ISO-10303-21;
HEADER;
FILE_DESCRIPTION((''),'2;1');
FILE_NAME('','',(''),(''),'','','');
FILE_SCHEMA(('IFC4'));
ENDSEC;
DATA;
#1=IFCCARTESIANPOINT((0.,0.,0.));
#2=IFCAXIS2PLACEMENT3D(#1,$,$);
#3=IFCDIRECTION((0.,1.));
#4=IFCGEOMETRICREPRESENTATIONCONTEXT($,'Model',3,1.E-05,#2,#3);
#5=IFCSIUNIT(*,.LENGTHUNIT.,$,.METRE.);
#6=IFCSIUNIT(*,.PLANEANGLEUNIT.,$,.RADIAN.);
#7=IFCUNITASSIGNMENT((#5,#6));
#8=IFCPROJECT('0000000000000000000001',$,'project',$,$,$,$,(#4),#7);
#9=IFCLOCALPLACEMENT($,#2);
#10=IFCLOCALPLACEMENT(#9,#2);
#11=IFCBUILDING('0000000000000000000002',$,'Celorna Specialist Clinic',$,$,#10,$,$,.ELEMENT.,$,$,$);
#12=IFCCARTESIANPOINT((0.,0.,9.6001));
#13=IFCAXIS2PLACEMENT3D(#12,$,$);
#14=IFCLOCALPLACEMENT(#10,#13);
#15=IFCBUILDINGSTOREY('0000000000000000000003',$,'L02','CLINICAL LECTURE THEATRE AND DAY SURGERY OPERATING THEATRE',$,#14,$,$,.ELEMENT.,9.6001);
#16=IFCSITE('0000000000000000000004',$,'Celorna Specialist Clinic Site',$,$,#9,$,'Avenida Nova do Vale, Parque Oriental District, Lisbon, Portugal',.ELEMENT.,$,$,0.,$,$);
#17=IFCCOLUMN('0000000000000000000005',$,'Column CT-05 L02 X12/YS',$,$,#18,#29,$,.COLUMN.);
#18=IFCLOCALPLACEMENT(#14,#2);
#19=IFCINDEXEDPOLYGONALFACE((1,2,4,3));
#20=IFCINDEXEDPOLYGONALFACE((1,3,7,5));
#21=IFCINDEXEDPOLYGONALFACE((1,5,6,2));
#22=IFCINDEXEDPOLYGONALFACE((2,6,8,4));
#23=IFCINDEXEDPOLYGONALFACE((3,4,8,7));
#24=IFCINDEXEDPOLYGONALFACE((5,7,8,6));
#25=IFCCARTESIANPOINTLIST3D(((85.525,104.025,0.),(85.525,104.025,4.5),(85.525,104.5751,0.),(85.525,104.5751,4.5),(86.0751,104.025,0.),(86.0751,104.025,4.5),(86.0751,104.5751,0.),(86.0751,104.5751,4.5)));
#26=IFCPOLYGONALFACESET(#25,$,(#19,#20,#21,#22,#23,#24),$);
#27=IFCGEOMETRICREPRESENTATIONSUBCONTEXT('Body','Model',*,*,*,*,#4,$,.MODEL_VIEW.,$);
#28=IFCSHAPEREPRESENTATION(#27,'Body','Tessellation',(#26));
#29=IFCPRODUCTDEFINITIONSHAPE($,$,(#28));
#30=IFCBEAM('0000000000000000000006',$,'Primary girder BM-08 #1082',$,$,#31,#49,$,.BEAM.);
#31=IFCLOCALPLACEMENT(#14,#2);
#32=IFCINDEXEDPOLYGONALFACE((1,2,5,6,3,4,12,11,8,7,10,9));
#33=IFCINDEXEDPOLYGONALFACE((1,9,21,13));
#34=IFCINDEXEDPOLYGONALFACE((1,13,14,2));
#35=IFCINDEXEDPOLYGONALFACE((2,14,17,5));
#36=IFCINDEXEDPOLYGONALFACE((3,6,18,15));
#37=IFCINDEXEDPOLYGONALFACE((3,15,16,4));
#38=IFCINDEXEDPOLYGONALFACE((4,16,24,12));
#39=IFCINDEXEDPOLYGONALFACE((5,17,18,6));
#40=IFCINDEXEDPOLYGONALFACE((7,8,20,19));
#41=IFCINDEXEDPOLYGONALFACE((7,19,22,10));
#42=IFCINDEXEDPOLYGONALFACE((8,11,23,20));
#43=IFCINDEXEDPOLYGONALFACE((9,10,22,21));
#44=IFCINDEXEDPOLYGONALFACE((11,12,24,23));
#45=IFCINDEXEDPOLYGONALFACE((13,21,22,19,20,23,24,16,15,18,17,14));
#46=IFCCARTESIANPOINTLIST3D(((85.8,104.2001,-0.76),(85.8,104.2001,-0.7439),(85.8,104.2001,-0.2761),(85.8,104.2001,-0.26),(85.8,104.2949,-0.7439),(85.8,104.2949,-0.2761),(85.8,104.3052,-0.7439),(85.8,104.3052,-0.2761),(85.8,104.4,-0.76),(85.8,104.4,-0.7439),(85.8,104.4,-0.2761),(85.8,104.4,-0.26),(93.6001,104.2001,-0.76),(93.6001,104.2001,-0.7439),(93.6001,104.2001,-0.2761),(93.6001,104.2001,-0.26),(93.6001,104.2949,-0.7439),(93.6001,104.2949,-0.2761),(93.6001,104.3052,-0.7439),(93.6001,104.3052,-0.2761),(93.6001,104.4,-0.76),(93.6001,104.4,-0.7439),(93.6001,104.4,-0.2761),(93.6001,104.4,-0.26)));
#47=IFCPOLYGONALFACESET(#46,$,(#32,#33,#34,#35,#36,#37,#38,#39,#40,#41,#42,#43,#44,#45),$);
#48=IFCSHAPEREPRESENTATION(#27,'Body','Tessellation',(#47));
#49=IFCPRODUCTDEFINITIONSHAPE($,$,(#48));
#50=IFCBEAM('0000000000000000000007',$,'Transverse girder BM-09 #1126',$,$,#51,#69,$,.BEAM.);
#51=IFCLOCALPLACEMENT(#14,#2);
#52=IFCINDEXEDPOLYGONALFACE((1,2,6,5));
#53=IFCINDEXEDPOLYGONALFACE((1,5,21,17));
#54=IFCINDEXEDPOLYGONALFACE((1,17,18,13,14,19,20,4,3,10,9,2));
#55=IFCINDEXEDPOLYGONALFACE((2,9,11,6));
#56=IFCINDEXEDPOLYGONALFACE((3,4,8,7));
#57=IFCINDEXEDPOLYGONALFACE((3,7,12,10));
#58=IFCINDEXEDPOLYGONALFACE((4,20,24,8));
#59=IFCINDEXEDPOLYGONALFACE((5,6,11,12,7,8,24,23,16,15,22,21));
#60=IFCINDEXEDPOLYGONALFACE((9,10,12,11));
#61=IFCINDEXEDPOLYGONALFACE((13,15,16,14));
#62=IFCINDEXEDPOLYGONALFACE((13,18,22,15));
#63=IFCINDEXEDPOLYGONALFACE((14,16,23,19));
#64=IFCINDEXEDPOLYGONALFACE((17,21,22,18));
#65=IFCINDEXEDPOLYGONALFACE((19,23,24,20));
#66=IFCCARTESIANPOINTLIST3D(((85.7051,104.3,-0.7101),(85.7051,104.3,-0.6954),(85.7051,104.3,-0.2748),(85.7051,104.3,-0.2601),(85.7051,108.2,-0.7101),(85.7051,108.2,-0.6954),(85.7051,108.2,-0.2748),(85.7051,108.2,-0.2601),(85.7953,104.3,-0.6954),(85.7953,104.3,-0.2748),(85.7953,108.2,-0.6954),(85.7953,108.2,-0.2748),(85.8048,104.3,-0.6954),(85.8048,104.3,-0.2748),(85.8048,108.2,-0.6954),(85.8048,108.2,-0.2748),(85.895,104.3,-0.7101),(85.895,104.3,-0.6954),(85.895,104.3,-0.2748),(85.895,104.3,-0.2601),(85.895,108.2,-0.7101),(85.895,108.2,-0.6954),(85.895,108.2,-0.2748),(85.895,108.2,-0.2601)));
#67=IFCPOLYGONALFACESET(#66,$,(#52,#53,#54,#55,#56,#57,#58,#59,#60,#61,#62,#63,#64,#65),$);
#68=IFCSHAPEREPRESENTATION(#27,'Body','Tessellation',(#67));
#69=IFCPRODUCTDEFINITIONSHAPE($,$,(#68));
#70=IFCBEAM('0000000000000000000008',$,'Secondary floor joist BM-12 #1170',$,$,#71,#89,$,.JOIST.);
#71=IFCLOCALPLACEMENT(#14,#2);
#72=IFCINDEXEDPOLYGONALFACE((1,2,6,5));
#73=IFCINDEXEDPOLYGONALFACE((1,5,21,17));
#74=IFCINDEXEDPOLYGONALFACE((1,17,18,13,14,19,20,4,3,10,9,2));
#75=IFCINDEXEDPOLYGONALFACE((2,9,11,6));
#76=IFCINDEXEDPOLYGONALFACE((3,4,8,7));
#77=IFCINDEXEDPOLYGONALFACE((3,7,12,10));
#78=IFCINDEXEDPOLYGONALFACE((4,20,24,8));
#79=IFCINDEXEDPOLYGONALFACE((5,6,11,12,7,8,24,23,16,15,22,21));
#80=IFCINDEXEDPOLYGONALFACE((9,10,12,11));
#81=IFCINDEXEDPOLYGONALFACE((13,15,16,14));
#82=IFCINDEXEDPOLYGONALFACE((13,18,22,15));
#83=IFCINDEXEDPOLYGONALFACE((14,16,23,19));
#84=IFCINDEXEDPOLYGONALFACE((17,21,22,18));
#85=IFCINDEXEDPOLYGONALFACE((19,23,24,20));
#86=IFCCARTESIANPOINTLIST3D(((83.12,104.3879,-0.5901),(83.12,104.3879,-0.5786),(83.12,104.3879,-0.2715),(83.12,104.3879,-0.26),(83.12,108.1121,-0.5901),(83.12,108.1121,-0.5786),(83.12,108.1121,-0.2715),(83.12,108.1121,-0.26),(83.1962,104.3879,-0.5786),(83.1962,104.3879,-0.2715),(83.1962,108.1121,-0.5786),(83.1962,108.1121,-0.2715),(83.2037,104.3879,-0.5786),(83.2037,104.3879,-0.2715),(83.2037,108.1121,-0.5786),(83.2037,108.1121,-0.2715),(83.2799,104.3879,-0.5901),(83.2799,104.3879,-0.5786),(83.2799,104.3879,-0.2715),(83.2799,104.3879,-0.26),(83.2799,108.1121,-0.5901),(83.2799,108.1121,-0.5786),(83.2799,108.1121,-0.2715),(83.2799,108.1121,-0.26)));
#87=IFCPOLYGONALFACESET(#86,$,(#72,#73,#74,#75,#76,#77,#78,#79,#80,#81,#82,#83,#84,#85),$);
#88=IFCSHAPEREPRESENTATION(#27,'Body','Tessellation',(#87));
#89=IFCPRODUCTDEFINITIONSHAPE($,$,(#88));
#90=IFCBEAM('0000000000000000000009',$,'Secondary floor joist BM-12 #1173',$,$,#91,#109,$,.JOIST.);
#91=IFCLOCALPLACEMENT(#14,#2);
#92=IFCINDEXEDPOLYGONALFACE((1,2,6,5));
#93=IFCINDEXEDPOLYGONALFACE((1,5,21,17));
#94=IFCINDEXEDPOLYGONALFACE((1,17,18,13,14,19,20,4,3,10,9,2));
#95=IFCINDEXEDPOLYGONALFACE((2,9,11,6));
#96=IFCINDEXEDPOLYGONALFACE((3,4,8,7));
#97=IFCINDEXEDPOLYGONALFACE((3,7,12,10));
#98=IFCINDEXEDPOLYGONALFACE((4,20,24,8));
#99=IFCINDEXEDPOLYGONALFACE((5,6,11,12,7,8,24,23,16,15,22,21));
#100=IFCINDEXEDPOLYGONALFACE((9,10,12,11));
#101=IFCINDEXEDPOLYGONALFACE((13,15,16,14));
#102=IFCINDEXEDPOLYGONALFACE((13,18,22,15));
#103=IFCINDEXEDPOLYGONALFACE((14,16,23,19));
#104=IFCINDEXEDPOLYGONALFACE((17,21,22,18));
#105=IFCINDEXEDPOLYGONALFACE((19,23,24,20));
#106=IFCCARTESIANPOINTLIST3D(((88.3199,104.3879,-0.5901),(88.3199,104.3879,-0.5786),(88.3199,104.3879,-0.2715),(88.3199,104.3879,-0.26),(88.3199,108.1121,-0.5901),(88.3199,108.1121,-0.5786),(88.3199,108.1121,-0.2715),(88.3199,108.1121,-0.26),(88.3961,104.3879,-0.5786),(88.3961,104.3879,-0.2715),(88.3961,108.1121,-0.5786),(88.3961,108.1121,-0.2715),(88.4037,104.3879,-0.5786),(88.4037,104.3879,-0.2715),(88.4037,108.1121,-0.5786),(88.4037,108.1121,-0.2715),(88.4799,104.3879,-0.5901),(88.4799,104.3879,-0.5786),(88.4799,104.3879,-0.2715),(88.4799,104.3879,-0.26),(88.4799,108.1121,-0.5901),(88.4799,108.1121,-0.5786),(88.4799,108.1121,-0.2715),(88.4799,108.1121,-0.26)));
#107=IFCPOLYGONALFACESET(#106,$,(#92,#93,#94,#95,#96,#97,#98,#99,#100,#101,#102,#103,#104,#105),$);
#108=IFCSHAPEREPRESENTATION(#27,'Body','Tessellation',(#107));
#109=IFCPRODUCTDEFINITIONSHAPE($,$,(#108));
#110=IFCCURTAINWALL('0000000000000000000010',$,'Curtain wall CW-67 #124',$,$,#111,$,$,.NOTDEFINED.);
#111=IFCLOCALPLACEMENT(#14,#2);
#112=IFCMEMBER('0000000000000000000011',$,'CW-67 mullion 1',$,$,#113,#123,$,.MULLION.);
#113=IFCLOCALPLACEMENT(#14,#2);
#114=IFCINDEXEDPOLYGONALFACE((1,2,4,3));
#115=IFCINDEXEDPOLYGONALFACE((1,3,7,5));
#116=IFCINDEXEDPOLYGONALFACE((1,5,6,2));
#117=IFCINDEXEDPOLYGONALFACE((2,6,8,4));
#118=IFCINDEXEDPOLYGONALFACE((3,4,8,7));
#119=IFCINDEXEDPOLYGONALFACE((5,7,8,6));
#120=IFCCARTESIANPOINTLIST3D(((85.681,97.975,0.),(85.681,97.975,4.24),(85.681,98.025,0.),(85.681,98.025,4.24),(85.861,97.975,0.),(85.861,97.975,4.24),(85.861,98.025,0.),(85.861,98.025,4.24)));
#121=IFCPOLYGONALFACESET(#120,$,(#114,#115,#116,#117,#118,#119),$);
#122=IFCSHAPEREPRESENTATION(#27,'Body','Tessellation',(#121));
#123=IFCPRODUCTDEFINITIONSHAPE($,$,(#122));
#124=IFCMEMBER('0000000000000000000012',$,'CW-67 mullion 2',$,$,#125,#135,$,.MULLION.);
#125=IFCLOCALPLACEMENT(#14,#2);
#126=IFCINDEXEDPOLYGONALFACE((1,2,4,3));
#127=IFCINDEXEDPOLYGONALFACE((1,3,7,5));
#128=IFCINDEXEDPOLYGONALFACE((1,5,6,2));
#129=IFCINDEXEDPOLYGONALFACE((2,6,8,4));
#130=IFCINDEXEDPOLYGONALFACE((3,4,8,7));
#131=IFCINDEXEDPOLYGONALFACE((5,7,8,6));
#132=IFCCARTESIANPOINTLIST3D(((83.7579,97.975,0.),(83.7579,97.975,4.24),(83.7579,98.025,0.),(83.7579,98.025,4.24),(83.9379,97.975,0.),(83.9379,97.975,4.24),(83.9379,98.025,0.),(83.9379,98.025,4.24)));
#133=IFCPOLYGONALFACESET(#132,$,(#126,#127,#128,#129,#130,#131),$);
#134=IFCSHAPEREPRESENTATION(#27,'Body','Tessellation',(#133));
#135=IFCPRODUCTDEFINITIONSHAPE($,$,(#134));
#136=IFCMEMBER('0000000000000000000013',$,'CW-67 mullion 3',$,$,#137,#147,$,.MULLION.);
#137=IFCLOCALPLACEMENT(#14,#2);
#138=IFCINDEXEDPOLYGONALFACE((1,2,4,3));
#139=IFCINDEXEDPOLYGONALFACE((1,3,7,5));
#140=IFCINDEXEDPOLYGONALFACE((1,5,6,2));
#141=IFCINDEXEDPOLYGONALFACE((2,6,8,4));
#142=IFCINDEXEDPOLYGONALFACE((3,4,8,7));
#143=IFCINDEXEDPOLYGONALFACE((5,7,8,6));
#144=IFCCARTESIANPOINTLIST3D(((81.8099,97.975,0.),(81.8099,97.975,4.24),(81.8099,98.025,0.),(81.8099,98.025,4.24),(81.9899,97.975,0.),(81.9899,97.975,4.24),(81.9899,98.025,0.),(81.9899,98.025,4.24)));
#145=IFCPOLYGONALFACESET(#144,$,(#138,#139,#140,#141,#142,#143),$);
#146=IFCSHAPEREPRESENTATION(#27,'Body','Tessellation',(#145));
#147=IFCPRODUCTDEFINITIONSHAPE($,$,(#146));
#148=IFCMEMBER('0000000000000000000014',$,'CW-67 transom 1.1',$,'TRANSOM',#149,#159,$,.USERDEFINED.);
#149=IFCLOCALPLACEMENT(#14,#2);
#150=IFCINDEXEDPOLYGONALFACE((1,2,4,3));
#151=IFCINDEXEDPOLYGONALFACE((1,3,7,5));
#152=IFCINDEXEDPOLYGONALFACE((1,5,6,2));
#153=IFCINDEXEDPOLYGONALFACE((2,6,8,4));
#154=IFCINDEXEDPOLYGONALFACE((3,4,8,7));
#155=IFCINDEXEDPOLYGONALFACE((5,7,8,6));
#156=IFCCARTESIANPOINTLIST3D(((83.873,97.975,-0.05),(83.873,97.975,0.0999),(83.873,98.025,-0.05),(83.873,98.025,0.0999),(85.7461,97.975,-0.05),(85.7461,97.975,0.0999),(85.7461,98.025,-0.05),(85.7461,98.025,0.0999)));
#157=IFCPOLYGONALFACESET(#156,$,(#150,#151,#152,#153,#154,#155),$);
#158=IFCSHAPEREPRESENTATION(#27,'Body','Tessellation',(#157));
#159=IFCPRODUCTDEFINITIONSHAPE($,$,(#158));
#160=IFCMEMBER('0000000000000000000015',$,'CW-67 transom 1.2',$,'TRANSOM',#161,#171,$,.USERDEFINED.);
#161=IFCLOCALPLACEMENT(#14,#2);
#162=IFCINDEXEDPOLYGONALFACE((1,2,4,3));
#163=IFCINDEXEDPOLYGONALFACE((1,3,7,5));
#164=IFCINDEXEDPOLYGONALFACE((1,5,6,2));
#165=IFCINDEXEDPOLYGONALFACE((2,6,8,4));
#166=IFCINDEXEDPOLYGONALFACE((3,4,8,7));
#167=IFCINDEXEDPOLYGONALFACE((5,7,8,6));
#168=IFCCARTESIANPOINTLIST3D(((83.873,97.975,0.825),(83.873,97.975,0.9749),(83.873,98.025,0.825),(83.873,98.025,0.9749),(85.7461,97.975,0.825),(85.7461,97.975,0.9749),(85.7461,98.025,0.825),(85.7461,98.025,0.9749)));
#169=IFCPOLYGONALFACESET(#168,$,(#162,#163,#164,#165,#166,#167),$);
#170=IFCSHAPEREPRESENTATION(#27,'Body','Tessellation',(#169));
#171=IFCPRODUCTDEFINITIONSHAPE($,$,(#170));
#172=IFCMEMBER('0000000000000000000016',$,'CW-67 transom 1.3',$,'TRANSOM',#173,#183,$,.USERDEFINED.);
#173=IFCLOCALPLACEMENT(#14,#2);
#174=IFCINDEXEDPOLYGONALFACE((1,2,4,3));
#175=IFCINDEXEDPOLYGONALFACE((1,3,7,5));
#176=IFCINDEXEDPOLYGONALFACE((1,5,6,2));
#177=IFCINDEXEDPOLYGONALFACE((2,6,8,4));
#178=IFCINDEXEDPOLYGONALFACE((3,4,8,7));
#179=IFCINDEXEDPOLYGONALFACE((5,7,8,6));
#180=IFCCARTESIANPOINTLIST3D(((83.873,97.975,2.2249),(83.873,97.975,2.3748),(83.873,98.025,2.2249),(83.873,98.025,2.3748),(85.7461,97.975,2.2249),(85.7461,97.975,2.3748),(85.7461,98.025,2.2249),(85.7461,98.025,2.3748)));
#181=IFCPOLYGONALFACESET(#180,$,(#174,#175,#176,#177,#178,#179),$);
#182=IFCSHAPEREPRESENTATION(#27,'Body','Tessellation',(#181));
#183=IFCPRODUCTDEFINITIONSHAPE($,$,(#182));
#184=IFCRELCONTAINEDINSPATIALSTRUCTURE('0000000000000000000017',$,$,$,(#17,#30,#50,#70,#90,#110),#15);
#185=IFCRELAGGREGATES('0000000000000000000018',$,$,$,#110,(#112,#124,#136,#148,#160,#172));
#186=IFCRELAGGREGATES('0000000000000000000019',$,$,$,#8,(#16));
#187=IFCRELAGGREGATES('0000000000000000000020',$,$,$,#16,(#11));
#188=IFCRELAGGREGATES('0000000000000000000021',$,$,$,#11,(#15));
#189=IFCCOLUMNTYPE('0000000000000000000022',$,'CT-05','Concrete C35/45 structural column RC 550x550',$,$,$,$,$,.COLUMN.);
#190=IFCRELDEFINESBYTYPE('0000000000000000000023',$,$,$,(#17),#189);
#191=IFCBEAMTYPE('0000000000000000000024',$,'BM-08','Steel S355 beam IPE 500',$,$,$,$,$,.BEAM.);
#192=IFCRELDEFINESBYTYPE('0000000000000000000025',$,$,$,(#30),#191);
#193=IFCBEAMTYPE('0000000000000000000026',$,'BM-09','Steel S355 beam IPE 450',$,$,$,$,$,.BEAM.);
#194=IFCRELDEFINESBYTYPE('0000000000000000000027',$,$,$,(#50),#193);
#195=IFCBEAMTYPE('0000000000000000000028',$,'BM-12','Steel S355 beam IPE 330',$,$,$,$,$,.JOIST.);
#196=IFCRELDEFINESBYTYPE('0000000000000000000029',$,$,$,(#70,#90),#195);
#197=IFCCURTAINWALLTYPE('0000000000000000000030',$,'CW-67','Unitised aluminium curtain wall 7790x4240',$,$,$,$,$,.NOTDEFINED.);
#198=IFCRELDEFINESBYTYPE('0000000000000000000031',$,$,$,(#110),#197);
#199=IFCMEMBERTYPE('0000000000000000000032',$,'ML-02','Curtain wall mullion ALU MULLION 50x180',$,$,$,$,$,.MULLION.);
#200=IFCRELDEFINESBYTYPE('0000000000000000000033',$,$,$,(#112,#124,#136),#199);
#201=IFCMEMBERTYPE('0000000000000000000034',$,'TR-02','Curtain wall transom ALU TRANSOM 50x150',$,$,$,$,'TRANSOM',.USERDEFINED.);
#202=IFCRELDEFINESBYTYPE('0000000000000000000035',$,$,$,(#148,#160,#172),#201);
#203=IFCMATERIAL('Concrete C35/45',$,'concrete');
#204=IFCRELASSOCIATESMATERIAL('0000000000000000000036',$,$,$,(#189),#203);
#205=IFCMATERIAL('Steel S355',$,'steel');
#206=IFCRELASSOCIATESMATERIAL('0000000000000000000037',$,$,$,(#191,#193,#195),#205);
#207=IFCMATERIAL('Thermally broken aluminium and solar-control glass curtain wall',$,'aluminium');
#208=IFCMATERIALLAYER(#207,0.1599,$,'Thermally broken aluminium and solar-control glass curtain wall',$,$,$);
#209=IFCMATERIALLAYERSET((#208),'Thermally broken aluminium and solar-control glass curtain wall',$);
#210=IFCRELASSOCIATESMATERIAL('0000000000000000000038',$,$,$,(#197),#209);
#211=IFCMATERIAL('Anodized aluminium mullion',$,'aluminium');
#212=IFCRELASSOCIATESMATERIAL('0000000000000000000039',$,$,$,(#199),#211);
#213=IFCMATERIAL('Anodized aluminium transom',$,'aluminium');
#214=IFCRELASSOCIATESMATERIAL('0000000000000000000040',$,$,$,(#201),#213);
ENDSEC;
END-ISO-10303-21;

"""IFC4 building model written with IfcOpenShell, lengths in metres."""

from ifc_helpers import new_model, si_unit, direction, frame, origin, origin_2d, place, context, subcontext, project, spatial, rectangle, i_section, extrude, material, layer, layer_set, material_profile, profile_set, type_object, element, aggregate, save


model = new_model("IFC4")

# Units and contexts
model_context = context("Model", 3, precision=1e-05, world=origin(), true_north=direction((0.0, 1.0)))
body_context = subcontext(model_context, "Body", "Model", "MODEL_VIEW")
ifc_project = project(units=[si_unit("LENGTHUNIT", "METRE"), si_unit("PLANEANGLEUNIT", "RADIAN")], contexts=[model_context])

# Site, building, storey
site_placement = place(None, origin())
site = spatial("IfcSite", under=ifc_project, at=site_placement, Name="Celorna Specialist Clinic Site", LongName="Avenida Nova do Vale, Parque Oriental District, Lisbon, Portugal", CompositionType="ELEMENT", RefElevation=0.0)
building_placement = place(site_placement, origin())
building = spatial("IfcBuilding", under=site, at=building_placement, Name="Celorna Specialist Clinic", CompositionType="ELEMENT")
storey_placement = place(building_placement, frame((0.0, 0.0, 9.6001)))
storey = spatial("IfcBuildingStorey", under=building, at=storey_placement, Name="L02", Description="CLINICAL LECTURE THEATRE AND DAY SURGERY OPERATING THEATRE", CompositionType="ELEMENT", Elevation=9.6001)

# Column
ifc_material_1 = material(Name="Concrete C35/45", Category="concrete")
ifc_material_profile_1 = material_profile(ifc_material_1, rectangle(XDim=0.55, YDim=0.55, at=origin_2d()), Name="RC 550x550")
ifc_profile_set_1 = profile_set([ifc_material_profile_1], Name="Concrete C35/45")
column_type = type_object("IfcColumnType", Name="CT-05", Description="Concrete C35/45 structural column RC 550x550", PredefinedType="COLUMN", material=ifc_profile_set_1)
column_placement = place(storey_placement, frame((85.8, 104.3, 0.0), z_axis=(0.0, 0.0, 1.0), x_axis=(1.0, 0.0, 0.0)))
element("IfcColumn", 1, at=column_placement, inside=storey, type_object=column_type, Name="Column CT-05 L02 X12/YS", PredefinedType="COLUMN", context=body_context, shape_type="SweptSolid", body=[
    extrude(rectangle(XDim=0.55, YDim=0.55, at=origin_2d()), origin(), (0.0, 0.0, 1.0), 4.5),
])

# Beams
ifc_material_2 = material(Name="Steel S355", Category="steel")
ifc_material_profile_2 = material_profile(ifc_material_2, i_section(OverallWidth=0.2, OverallDepth=0.5, WebThickness=0.0103, FlangeThickness=0.0161, at=origin_2d()), Name="IPE 500")
ifc_profile_set_2 = profile_set([ifc_material_profile_2], Name="Steel S355")
beam_type_1 = type_object("IfcBeamType", Name="BM-08", Description="Steel S355 beam IPE 500", PredefinedType="BEAM", material=ifc_profile_set_2)
beam_1_placement = place(storey_placement, frame((85.8, 104.3, -0.51), z_axis=(1.0, 0.0, 0.0), x_axis=(0.0, 1.0, 0.0)))
element("IfcBeam", 2, at=beam_1_placement, inside=storey, type_object=beam_type_1, Name="Primary girder BM-08 #1082", PredefinedType="BEAM", context=body_context, shape_type="SweptSolid", body=[
    extrude(i_section(OverallWidth=0.2, OverallDepth=0.5, WebThickness=0.0103, FlangeThickness=0.0161, at=origin_2d()), origin(), (0.0, 0.0, 1.0), 7.8),
])
ifc_material_profile_3 = material_profile(ifc_material_2, i_section(OverallWidth=0.1899, OverallDepth=0.45, WebThickness=0.0095, FlangeThickness=0.0146, at=origin_2d()), Name="IPE 450")
ifc_profile_set_3 = profile_set([ifc_material_profile_3], Name="Steel S355")
beam_type_2 = type_object("IfcBeamType", Name="BM-09", Description="Steel S355 beam IPE 450", PredefinedType="BEAM", material=ifc_profile_set_3)
beam_2_placement = place(storey_placement, frame((85.8, 104.3, -0.4851), z_axis=(0.0, 1.0, 0.0), x_axis=(-1.0, 0.0, 0.0)))
element("IfcBeam", 3, at=beam_2_placement, inside=storey, type_object=beam_type_2, Name="Transverse girder BM-09 #1126", PredefinedType="BEAM", context=body_context, shape_type="SweptSolid", body=[
    extrude(i_section(OverallWidth=0.1899, OverallDepth=0.45, WebThickness=0.0095, FlangeThickness=0.0146, at=origin_2d()), origin(), (0.0, 0.0, 1.0), 3.8999),
])
ifc_material_profile_4 = material_profile(ifc_material_2, i_section(OverallWidth=0.1599, OverallDepth=0.3301, WebThickness=0.0076, FlangeThickness=0.0115, at=origin_2d()), Name="IPE 330")
ifc_profile_set_4 = profile_set([ifc_material_profile_4], Name="Steel S355")
beam_type_3 = type_object("IfcBeamType", Name="BM-12", Description="Steel S355 beam IPE 330", PredefinedType="JOIST", material=ifc_profile_set_4)
for number, where, z_axis, x_axis, name in (
    (4, (83.2, 104.3879, -0.425), (0.0, 1.0, 0.0), (-1.0, 0.0, 0.0), "Secondary floor joist BM-12 #1170"),
    (5, (88.3999, 104.3879, -0.425), (0.0, 1.0, 0.0), (-1.0, 0.0, 0.0), "Secondary floor joist BM-12 #1173"),
):
    element("IfcBeam", number, at=place(storey_placement, frame(where, z_axis=z_axis, x_axis=x_axis)), inside=storey, type_object=beam_type_3, Name=name, PredefinedType="JOIST", context=body_context, shape_type="SweptSolid", body=[
        extrude(i_section(OverallWidth=0.1599, OverallDepth=0.3301, WebThickness=0.0076, FlangeThickness=0.0115, at=origin_2d()), origin(), (0.0, 0.0, 1.0), 3.7241),
    ])

# Curtain wall, members
ifc_material_3 = material(Name="Thermally broken aluminium and solar-control glass curtain wall", Category="aluminium")
ifc_layer_1 = layer(ifc_material_3, 0.1599, Name="Thermally broken aluminium and solar-control glass curtain wall")
ifc_layer_set_1 = layer_set([ifc_layer_1], Name="Thermally broken aluminium and solar-control glass curtain wall")
curtain_wall_type = type_object("IfcCurtainWallType", Name="CW-67", Description="Unitised aluminium curtain wall 7790x4240", PredefinedType="NOTDEFINED", material=ifc_layer_set_1)
curtain_wall_placement = place(storey_placement, origin())
curtain_wall = element("IfcCurtainWall", 6, at=curtain_wall_placement, inside=storey, type_object=curtain_wall_type, Name="Curtain wall CW-67 #124", PredefinedType="NOTDEFINED")
ifc_material_4 = material(Name="Anodized aluminium mullion", Category="aluminium")
ifc_material_profile_5 = material_profile(ifc_material_4, rectangle(XDim=0.05, YDim=0.1799, at=origin_2d()), Name="ALU MULLION 50x180")
ifc_profile_set_5 = profile_set([ifc_material_profile_5], Name="Anodized aluminium mullion")
member_type_1 = type_object("IfcMemberType", Name="ML-02", Description="Curtain wall mullion ALU MULLION 50x180", PredefinedType="MULLION", material=ifc_profile_set_5)
member_1_placement = place(storey_placement, frame((85.771, 98.0, 0.0), z_axis=(0.0, 0.0, 1.0), x_axis=(0.0, -1.0, 0.0)))
member_1 = element("IfcMember", 7, at=member_1_placement, type_object=member_type_1, Name="CW-67 mullion 1", PredefinedType="MULLION", context=body_context, shape_type="SweptSolid", body=[
    extrude(rectangle(XDim=0.05, YDim=0.1799, at=origin_2d()), origin(), (0.0, 0.0, 1.0), 4.24),
])
member_2_placement = place(storey_placement, frame((83.8479, 98.0, 0.0), z_axis=(0.0, 0.0, 1.0), x_axis=(0.0, -1.0, 0.0)))
member_2 = element("IfcMember", 8, at=member_2_placement, type_object=member_type_1, Name="CW-67 mullion 2", PredefinedType="MULLION", context=body_context, shape_type="SweptSolid", body=[
    extrude(rectangle(XDim=0.05, YDim=0.1799, at=origin_2d()), origin(), (0.0, 0.0, 1.0), 4.24),
])
member_3_placement = place(storey_placement, frame((81.8999, 98.0, 0.0), z_axis=(0.0, 0.0, 1.0), x_axis=(0.0, -1.0, 0.0)))
member_3 = element("IfcMember", 9, at=member_3_placement, type_object=member_type_1, Name="CW-67 mullion 3", PredefinedType="MULLION", context=body_context, shape_type="SweptSolid", body=[
    extrude(rectangle(XDim=0.05, YDim=0.1799, at=origin_2d()), origin(), (0.0, 0.0, 1.0), 4.24),
])
ifc_material_5 = material(Name="Anodized aluminium transom", Category="aluminium")
ifc_material_profile_6 = material_profile(ifc_material_5, rectangle(XDim=0.05, YDim=0.1499, at=origin_2d()), Name="ALU TRANSOM 50x150")
ifc_profile_set_6 = profile_set([ifc_material_profile_6], Name="Anodized aluminium transom")
member_type_2 = type_object("IfcMemberType", Name="TR-02", Description="Curtain wall transom ALU TRANSOM 50x150", ElementType="TRANSOM", PredefinedType="USERDEFINED", material=ifc_profile_set_6)
member_4_placement = place(storey_placement, frame((85.7461, 98.0, 0.0249), z_axis=(-1.0, 0.0, 0.0), x_axis=(0.0, -1.0, 0.0)))
member_4 = element("IfcMember", 10, at=member_4_placement, type_object=member_type_2, Name="CW-67 transom 1.1", ObjectType="TRANSOM", PredefinedType="USERDEFINED", context=body_context, shape_type="SweptSolid", body=[
    extrude(rectangle(XDim=0.05, YDim=0.1499, at=origin_2d()), origin(), (0.0, 0.0, 1.0), 1.873),
])
member_5_placement = place(storey_placement, frame((85.7461, 98.0, 0.8999), z_axis=(-1.0, 0.0, 0.0), x_axis=(0.0, -1.0, 0.0)))
member_5 = element("IfcMember", 11, at=member_5_placement, type_object=member_type_2, Name="CW-67 transom 1.2", ObjectType="TRANSOM", PredefinedType="USERDEFINED", context=body_context, shape_type="SweptSolid", body=[
    extrude(rectangle(XDim=0.05, YDim=0.1499, at=origin_2d()), origin(), (0.0, 0.0, 1.0), 1.873),
])
member_6_placement = place(storey_placement, frame((85.7461, 98.0, 2.2998), z_axis=(-1.0, 0.0, 0.0), x_axis=(0.0, -1.0, 0.0)))
member_6 = element("IfcMember", 12, at=member_6_placement, type_object=member_type_2, Name="CW-67 transom 1.3", ObjectType="TRANSOM", PredefinedType="USERDEFINED", context=body_context, shape_type="SweptSolid", body=[
    extrude(rectangle(XDim=0.05, YDim=0.1499, at=origin_2d()), origin(), (0.0, 0.0, 1.0), 1.873),
])
aggregate(curtain_wall, [member_1, member_2, member_3, member_4, member_5, member_6])

save(model, "model.ifc")
